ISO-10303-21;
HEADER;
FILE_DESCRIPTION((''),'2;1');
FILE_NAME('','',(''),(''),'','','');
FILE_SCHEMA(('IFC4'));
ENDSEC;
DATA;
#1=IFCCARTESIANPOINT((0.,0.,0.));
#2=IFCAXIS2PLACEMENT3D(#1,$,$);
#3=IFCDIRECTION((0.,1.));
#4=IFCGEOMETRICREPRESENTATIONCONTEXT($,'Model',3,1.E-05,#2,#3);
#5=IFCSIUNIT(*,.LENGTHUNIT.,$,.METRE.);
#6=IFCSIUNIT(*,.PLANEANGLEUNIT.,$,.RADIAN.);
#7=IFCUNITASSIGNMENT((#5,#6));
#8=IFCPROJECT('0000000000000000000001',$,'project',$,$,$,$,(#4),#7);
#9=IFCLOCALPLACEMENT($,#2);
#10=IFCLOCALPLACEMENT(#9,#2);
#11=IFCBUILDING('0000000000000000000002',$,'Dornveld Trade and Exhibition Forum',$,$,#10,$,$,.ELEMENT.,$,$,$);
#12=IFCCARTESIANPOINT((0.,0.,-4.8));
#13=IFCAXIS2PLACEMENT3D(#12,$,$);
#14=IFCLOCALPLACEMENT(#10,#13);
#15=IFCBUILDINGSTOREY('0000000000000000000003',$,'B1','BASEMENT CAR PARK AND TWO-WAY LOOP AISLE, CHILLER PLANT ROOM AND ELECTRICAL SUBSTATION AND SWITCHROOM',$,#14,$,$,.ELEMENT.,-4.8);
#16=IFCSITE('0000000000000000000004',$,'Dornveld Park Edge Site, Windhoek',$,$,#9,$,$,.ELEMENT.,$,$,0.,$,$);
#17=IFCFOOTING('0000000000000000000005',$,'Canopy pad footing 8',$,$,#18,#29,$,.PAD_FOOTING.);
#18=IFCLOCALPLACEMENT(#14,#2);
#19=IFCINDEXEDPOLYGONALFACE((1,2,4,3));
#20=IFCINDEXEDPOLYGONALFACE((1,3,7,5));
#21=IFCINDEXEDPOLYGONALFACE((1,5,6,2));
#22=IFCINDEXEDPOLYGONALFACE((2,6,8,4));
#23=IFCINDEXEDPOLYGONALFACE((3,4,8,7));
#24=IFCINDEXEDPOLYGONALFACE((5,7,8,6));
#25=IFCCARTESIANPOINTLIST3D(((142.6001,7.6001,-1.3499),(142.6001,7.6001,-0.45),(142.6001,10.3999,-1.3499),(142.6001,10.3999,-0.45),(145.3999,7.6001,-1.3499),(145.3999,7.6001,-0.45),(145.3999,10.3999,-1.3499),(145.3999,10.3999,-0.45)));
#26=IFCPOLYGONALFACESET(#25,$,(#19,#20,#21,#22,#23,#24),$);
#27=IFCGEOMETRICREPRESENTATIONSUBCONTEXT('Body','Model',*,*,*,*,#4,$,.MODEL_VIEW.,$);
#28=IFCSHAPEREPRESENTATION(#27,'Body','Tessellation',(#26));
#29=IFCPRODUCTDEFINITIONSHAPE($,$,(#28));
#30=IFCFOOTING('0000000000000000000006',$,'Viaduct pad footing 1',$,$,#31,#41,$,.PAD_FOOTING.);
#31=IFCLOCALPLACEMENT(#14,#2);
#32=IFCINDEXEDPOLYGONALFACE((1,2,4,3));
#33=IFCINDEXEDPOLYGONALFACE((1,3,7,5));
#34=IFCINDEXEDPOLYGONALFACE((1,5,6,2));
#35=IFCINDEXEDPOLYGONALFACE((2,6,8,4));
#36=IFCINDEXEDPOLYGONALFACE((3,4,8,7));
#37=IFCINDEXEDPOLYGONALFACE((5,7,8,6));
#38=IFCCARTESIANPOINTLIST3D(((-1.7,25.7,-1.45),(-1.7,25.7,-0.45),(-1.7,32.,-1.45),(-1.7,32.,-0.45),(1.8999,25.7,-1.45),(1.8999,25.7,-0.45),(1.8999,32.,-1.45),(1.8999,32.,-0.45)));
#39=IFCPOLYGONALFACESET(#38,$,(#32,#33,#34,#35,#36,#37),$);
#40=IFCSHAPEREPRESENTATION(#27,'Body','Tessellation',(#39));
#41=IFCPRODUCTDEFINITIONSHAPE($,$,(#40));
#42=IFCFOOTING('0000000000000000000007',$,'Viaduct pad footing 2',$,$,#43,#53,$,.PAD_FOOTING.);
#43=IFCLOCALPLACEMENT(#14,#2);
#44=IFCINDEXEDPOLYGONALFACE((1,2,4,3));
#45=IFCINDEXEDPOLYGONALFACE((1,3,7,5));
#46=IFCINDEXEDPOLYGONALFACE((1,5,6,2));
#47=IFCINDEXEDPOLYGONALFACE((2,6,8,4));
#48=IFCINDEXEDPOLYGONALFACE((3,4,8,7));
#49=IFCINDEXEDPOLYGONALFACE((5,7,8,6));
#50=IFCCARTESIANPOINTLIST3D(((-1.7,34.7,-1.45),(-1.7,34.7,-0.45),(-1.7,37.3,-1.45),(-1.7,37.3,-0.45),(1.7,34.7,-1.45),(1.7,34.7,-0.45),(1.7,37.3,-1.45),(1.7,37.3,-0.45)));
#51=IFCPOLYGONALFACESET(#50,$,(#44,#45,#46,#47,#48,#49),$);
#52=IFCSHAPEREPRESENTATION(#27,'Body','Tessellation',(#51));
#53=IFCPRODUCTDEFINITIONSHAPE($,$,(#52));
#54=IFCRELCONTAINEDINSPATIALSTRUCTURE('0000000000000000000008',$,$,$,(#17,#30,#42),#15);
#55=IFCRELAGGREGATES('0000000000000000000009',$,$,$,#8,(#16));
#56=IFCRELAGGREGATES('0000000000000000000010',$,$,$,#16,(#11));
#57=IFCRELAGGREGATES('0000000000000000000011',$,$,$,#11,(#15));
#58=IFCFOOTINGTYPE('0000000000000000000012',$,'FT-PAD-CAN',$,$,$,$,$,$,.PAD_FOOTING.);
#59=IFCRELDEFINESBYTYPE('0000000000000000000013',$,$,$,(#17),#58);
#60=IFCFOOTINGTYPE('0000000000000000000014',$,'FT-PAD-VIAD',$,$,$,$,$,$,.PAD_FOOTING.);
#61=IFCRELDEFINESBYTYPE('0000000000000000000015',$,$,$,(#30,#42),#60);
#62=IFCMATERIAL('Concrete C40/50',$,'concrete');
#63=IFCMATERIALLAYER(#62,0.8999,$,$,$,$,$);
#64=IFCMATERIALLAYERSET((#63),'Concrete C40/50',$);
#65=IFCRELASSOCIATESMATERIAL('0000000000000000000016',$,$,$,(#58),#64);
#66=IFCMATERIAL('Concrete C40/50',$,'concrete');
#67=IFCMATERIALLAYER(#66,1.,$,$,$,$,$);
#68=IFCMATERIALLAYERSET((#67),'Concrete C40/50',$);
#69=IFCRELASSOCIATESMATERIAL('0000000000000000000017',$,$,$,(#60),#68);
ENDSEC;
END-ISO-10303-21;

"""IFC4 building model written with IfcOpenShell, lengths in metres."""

from ifc_helpers import new_model, si_unit, direction, frame, origin, place, context, subcontext, project, spatial, polyline, outline, extrude, material, layer, layer_set, type_object, element, save


model = new_model("IFC4")

# Units and contexts
model_context = context("Model", 3, precision=1e-05, world=origin(), true_north=direction((0.0, 1.0)))
body_context = subcontext(model_context, "Body", "Model", "MODEL_VIEW")
ifc_project = project(units=[si_unit("LENGTHUNIT", "METRE"), si_unit("PLANEANGLEUNIT", "RADIAN")], contexts=[model_context])

# Site, building, storey
site_placement = place(None, origin())
site = spatial("IfcSite", under=ifc_project, at=site_placement, Name="Dornveld Park Edge Site, Windhoek", CompositionType="ELEMENT", RefElevation=0.0)
building_placement = place(site_placement, origin())
building = spatial("IfcBuilding", under=site, at=building_placement, Name="Dornveld Trade and Exhibition Forum", CompositionType="ELEMENT")
storey_placement = place(building_placement, frame((0.0, 0.0, -4.8)))
storey = spatial("IfcBuildingStorey", under=building, at=storey_placement, Name="B1", Description="BASEMENT CAR PARK AND TWO-WAY LOOP AISLE, CHILLER PLANT ROOM AND ELECTRICAL SUBSTATION AND SWITCHROOM", CompositionType="ELEMENT", Elevation=-4.8)

# Footings
ifc_material_1 = material(Name="Concrete C40/50", Category="concrete")
ifc_layer_1 = layer(ifc_material_1, 0.8999)
ifc_layer_set_1 = layer_set([ifc_layer_1], Name="Concrete C40/50")
footing_type_1 = type_object("IfcFootingType", Name="FT-PAD-CAN", PredefinedType="PAD_FOOTING", material=ifc_layer_set_1)
footing_1_placement = place(storey_placement, frame((0.0, 0.0, -1.3499)))
element("IfcFooting", 1, at=footing_1_placement, inside=storey, type_object=footing_type_1, Name="Canopy pad footing 8", PredefinedType="PAD_FOOTING", context=body_context, shape_type="SweptSolid", body=[
    extrude(outline(polyline([(142.6001, 7.6001), (145.3999, 7.6001), (145.3999, 10.3999), (142.6001, 10.3999), (142.6001, 7.6001)])), origin(), (0.0, 0.0, 1.0), 0.8999),
])
ifc_material_2 = material(Name="Concrete C40/50", Category="concrete")
ifc_layer_2 = layer(ifc_material_2, 1.0)
ifc_layer_set_2 = layer_set([ifc_layer_2], Name="Concrete C40/50")
footing_type_2 = type_object("IfcFootingType", Name="FT-PAD-VIAD", PredefinedType="PAD_FOOTING", material=ifc_layer_set_2)
footing_2_placement = place(storey_placement, frame((0.0, 0.0, -1.45)))
element("IfcFooting", 2, at=footing_2_placement, inside=storey, type_object=footing_type_2, Name="Viaduct pad footing 1", PredefinedType="PAD_FOOTING", context=body_context, shape_type="SweptSolid", body=[
    extrude(outline(polyline([(-1.7, 25.7), (1.8999, 25.7), (1.8999, 32.0), (-1.7, 32.0), (-1.7, 25.7)])), origin(), (0.0, 0.0, 1.0), 1.0),
])
footing_3_placement = place(storey_placement, frame((0.0, 0.0, -1.45)))
element("IfcFooting", 3, at=footing_3_placement, inside=storey, type_object=footing_type_2, Name="Viaduct pad footing 2", PredefinedType="PAD_FOOTING", context=body_context, shape_type="SweptSolid", body=[
    extrude(outline(polyline([(-1.7, 34.7), (1.7, 34.7), (1.7, 37.3), (-1.7, 37.3), (-1.7, 34.7)])), origin(), (0.0, 0.0, 1.0), 1.0),
])

save(model, "model.ifc")
